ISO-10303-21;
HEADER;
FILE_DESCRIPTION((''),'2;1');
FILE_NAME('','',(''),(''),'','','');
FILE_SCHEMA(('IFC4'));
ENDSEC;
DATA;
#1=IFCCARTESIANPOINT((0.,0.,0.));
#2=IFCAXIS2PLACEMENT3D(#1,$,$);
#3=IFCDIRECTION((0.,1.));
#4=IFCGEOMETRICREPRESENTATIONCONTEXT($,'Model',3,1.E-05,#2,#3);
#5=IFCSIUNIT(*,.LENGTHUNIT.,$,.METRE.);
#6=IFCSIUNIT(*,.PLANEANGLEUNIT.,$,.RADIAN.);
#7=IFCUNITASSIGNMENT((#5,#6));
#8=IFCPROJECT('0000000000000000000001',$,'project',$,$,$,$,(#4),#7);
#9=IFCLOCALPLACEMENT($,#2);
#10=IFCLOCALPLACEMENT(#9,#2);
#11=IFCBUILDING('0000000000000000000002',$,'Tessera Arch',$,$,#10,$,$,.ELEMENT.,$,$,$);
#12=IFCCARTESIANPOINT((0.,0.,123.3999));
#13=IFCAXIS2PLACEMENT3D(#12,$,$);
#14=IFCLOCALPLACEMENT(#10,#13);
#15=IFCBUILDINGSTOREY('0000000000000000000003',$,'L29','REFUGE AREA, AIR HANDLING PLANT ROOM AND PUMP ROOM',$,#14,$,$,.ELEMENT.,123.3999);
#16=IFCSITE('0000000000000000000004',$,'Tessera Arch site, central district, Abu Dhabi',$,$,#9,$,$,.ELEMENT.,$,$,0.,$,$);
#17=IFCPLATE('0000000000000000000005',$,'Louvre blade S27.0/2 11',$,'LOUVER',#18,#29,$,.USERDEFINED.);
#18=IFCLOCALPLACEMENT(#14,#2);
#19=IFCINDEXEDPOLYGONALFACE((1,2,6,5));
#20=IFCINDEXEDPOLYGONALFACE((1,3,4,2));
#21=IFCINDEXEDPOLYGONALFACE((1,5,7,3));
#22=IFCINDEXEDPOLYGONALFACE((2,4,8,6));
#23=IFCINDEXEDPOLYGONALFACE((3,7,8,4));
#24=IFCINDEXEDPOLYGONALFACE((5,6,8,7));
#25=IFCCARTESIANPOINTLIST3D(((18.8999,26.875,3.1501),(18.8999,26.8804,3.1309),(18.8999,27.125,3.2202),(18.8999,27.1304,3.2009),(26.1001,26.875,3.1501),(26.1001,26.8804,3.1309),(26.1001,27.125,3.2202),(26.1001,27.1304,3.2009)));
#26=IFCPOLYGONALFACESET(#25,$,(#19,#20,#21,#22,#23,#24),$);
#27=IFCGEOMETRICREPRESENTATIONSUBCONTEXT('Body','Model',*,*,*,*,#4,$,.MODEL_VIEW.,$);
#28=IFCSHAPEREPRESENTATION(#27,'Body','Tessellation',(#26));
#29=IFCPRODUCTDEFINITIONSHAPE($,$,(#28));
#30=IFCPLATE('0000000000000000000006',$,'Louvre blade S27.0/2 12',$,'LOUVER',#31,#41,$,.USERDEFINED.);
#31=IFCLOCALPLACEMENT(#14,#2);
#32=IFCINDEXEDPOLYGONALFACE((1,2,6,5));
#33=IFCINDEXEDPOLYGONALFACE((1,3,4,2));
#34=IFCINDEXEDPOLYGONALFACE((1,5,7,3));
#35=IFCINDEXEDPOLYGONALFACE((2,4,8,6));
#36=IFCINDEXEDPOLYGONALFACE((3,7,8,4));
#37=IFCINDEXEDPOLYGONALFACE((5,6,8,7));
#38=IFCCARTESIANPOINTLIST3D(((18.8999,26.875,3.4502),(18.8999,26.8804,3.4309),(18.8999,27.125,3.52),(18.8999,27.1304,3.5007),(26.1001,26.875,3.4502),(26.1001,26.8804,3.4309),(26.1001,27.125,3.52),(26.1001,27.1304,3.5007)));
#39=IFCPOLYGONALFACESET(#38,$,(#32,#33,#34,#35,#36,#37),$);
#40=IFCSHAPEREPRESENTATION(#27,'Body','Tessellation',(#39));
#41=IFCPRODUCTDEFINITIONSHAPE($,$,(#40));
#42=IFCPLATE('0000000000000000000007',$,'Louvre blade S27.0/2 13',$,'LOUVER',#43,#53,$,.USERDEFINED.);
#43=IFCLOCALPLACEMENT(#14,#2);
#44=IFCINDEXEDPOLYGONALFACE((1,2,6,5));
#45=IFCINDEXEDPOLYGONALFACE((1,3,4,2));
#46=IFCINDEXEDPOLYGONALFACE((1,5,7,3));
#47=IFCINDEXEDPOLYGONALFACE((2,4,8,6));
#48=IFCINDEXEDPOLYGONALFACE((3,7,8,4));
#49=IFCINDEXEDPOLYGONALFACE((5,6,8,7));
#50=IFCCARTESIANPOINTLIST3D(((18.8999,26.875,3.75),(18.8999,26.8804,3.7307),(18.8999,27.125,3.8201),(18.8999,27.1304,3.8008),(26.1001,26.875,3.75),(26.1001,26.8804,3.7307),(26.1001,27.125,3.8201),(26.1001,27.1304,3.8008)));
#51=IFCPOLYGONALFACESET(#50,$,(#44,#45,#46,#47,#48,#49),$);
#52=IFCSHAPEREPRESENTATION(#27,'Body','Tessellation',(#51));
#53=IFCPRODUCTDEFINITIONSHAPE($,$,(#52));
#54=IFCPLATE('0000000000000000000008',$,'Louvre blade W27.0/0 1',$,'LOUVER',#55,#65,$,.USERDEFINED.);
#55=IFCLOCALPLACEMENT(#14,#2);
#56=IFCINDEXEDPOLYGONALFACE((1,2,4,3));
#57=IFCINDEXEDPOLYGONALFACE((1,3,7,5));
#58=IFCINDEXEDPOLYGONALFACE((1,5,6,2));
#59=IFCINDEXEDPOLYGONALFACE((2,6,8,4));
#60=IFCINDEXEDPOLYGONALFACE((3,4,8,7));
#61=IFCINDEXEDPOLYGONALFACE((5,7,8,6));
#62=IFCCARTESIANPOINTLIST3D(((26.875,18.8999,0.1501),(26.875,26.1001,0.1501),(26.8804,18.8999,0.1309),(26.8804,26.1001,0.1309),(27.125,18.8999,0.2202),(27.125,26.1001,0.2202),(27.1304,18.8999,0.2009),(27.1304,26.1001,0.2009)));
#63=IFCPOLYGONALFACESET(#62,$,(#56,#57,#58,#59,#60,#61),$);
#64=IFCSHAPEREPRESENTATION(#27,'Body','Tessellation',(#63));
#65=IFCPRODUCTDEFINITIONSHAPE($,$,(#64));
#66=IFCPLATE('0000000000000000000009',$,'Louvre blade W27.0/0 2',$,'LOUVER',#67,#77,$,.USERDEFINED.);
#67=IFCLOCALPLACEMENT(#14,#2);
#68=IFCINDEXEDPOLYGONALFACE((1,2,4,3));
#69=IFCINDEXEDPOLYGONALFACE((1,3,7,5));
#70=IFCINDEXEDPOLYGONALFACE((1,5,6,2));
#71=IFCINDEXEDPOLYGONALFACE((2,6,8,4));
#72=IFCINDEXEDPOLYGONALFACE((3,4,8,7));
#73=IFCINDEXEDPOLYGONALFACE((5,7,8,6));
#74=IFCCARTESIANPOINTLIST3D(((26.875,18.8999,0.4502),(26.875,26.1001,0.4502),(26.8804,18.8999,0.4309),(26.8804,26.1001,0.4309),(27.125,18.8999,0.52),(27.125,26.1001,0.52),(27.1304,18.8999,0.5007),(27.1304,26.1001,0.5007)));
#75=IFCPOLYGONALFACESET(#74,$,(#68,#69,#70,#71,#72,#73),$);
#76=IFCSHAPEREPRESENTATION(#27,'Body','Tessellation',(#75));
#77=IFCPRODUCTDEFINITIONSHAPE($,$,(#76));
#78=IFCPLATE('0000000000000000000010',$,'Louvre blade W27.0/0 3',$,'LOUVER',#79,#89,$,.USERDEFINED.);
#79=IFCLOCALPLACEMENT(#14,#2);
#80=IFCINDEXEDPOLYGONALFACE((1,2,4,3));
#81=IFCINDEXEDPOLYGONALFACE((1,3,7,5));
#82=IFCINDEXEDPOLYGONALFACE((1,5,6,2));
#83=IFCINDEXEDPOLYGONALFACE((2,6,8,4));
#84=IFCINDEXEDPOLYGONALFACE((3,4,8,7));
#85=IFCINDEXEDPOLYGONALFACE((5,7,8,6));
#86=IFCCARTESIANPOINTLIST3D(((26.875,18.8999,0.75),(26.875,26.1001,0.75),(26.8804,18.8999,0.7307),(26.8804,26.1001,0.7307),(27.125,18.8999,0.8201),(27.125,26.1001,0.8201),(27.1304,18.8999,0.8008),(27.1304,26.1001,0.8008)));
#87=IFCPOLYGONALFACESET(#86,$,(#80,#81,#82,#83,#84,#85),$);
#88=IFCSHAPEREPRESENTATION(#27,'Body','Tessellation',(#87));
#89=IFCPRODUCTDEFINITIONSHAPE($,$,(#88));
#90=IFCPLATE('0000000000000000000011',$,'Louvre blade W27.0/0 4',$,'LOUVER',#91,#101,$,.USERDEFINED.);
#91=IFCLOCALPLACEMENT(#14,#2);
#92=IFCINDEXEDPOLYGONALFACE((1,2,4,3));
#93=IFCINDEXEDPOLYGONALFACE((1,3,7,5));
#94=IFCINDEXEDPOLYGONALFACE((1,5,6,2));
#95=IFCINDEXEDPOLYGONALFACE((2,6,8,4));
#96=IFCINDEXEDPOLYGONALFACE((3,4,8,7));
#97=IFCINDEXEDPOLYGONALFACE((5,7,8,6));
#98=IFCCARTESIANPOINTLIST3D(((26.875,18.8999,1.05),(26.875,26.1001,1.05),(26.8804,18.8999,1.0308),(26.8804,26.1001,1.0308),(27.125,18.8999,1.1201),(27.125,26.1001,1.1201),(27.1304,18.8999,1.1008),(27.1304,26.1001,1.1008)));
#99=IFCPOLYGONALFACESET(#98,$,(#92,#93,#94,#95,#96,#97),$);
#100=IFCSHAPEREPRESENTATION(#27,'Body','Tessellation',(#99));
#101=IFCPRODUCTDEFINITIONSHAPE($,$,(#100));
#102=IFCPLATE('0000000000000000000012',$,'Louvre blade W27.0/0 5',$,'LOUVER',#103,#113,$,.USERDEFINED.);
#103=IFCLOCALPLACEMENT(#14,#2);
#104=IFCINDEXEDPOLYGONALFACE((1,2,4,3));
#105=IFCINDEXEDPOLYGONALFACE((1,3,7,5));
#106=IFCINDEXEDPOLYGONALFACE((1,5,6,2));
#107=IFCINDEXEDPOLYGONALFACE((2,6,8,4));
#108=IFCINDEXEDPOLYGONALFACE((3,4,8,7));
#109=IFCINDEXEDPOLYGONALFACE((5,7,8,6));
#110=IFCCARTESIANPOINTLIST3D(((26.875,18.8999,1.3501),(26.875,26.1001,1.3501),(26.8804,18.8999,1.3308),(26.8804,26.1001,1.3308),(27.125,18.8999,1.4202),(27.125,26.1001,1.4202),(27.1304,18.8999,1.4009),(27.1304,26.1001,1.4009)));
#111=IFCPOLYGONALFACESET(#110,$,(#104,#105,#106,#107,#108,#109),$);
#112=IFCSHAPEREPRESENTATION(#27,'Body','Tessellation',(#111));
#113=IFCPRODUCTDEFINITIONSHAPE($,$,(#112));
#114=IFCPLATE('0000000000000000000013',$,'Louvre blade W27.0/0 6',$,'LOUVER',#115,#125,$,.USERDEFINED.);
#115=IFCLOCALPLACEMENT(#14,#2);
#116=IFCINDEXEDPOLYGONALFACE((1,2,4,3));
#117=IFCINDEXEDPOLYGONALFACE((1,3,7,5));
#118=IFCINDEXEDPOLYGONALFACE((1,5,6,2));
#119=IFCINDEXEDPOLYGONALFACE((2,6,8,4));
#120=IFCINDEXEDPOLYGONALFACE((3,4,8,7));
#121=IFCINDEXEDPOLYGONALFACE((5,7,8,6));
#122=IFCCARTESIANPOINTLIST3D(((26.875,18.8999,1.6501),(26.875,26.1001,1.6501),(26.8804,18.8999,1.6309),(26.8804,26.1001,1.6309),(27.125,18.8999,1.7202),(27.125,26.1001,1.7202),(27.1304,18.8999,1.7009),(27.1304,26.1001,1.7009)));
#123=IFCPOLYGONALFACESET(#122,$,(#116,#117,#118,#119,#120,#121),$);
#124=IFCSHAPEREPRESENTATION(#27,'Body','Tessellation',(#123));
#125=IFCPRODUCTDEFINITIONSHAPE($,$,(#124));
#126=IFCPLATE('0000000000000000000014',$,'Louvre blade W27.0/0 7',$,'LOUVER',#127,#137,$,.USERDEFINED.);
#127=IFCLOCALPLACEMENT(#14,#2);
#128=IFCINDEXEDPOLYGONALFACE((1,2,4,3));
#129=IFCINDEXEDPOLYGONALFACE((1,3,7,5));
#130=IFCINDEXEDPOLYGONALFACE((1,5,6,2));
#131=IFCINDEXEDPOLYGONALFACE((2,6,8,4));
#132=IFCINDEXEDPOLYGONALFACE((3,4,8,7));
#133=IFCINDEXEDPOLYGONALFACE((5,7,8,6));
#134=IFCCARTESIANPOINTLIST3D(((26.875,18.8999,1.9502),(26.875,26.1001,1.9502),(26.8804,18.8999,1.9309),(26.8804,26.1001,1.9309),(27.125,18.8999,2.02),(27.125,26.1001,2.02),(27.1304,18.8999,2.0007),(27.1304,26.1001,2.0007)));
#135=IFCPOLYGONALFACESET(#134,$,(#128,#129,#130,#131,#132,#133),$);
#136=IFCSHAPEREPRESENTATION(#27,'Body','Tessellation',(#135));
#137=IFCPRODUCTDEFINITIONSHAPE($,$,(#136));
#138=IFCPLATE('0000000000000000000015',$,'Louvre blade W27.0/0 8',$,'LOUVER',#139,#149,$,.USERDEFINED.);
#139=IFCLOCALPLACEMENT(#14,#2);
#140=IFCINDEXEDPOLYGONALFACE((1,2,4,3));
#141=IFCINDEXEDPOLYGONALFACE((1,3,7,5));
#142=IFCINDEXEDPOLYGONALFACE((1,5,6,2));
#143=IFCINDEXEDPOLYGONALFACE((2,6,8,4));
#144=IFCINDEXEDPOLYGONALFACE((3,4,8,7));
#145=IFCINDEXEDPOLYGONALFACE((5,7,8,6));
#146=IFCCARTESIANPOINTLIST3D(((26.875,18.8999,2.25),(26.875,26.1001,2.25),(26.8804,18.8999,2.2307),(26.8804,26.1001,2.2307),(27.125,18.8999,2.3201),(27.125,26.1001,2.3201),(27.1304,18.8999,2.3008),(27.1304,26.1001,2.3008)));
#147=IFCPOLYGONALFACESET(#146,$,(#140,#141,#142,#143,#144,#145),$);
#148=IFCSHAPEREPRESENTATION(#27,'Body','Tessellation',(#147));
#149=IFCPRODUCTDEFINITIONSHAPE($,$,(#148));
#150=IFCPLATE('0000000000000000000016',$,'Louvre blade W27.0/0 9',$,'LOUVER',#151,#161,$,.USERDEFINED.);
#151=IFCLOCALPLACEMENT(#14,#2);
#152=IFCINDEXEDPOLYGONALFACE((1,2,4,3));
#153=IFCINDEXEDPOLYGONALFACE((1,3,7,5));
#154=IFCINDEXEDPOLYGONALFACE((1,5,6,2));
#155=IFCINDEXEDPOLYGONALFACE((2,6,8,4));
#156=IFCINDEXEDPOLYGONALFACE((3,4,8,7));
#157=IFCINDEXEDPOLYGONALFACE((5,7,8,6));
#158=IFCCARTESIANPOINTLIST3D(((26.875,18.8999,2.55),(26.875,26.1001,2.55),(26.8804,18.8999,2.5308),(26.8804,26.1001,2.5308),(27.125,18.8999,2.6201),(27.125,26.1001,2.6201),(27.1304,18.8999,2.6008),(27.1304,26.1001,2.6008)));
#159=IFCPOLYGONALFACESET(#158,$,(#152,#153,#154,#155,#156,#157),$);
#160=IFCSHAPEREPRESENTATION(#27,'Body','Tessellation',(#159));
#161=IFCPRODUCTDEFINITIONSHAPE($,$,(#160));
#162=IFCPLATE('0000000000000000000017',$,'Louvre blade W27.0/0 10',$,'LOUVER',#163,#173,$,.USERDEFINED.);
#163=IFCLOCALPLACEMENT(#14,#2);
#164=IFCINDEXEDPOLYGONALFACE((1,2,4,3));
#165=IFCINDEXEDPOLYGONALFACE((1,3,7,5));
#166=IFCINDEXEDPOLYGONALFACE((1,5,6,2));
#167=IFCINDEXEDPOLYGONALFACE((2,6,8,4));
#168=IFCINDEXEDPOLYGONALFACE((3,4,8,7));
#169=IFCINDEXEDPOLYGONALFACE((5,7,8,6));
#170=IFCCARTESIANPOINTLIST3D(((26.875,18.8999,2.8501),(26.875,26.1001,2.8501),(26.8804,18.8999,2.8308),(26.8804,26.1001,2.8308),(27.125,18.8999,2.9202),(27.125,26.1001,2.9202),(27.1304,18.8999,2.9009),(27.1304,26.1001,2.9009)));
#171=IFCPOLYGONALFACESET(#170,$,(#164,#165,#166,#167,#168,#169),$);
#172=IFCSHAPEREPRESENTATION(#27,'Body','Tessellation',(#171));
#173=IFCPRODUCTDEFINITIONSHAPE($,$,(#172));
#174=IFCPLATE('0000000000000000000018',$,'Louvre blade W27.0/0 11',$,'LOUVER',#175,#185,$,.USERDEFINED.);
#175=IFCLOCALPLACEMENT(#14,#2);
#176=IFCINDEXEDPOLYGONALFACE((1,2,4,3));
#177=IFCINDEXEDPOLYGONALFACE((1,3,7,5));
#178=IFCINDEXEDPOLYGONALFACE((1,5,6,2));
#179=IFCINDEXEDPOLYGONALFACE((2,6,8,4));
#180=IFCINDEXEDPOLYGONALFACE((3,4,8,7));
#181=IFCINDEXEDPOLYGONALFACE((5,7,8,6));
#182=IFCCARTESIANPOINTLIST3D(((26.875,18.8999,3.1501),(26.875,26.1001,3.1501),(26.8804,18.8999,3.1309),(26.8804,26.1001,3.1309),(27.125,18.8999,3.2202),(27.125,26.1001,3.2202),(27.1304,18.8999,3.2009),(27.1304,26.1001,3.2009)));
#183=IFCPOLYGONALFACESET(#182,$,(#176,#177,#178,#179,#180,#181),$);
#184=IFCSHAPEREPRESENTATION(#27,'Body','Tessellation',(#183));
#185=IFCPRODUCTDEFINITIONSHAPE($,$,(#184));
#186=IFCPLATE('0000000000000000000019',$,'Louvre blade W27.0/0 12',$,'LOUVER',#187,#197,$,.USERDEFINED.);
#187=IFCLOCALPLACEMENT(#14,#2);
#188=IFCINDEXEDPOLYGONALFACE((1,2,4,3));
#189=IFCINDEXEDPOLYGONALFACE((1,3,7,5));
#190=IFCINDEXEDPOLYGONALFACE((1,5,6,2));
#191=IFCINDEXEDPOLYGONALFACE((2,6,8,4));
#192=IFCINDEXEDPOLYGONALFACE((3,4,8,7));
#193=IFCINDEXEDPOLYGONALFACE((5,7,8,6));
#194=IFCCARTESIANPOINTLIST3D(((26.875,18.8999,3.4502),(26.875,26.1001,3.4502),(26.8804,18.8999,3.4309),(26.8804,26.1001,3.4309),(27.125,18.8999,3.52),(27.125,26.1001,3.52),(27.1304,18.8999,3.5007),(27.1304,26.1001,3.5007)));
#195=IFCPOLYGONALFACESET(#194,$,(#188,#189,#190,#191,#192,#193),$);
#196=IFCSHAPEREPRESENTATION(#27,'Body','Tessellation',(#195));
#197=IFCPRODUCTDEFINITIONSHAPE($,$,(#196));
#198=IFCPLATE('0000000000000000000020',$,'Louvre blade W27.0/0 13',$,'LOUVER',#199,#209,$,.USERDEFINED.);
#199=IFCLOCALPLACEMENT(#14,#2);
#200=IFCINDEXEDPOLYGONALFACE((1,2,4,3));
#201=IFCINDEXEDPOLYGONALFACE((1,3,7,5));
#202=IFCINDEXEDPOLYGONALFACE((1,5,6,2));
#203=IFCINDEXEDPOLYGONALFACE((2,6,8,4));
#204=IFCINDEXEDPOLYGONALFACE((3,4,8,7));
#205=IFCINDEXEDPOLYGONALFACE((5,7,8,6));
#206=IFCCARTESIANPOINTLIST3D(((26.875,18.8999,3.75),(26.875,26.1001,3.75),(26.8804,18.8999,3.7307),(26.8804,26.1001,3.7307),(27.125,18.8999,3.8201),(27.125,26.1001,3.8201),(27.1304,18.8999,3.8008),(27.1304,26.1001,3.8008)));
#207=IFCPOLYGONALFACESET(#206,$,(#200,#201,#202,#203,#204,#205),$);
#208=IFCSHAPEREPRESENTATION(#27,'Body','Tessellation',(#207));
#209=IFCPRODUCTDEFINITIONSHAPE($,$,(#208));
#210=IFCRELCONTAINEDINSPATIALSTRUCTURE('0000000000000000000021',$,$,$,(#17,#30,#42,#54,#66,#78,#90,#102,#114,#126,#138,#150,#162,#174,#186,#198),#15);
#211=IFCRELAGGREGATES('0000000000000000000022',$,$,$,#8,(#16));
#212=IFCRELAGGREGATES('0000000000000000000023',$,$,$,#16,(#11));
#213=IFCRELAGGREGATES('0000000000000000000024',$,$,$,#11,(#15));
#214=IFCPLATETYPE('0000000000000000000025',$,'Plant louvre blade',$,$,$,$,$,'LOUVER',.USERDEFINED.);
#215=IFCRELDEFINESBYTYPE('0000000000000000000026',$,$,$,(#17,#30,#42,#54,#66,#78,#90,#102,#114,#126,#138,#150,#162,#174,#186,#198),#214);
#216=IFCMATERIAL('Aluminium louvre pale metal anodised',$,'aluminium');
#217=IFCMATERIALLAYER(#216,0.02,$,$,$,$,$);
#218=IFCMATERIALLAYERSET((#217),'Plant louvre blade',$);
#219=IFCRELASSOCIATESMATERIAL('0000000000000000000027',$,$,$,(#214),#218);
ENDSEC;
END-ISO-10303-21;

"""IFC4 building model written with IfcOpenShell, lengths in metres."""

from ifc_helpers import new_model, si_unit, direction, frame, origin, place, context, subcontext, project, spatial, polyline, outline, extrude, material, layer, layer_set, type_object, element, save


model = new_model("IFC4")

# Units and contexts
model_context = context("Model", 3, precision=1e-05, world=origin(), true_north=direction((0.0, 1.0)))
body_context = subcontext(model_context, "Body", "Model", "MODEL_VIEW")
ifc_project = project(units=[si_unit("LENGTHUNIT", "METRE"), si_unit("PLANEANGLEUNIT", "RADIAN")], contexts=[model_context])

# Site, building, storey
site_placement = place(None, origin())
site = spatial("IfcSite", under=ifc_project, at=site_placement, Name="Tessera Arch site, central district, Abu Dhabi", CompositionType="ELEMENT", RefElevation=0.0)
building_placement = place(site_placement, origin())
building = spatial("IfcBuilding", under=site, at=building_placement, Name="Tessera Arch", CompositionType="ELEMENT")
storey_placement = place(building_placement, frame((0.0, 0.0, 123.3999)))
storey = spatial("IfcBuildingStorey", under=building, at=storey_placement, Name="L29", Description="REFUGE AREA, AIR HANDLING PLANT ROOM AND PUMP ROOM", CompositionType="ELEMENT", Elevation=123.3999)

# Plates
ifc_material_1 = material(Name="Aluminium louvre pale metal anodised", Category="aluminium")
ifc_layer_1 = layer(ifc_material_1, 0.02)
ifc_layer_set_1 = layer_set([ifc_layer_1], Name="Plant louvre blade")
plate_type_1 = type_object("IfcPlateType", Name="Plant louvre blade", ElementType="LOUVER", PredefinedType="USERDEFINED", material=ifc_layer_set_1)
for number, where, z_axis, x_axis, name in (
    (1, (18.8999, 26.875, 3.1501), (0.0, -0.269874, 0.962896), (1.0, 0.0, 0.0), "Louvre blade S27.0/2 11"),
):
    element("IfcPlate", number, at=place(storey_placement, frame(where, z_axis=z_axis, x_axis=x_axis)), inside=storey, type_object=plate_type_1, Name=name, ObjectType="LOUVER", PredefinedType="USERDEFINED", context=body_context, shape_type="SweptSolid", body=[
        extrude(outline(polyline([(0.0, 0.0), (7.2002, 0.0), (7.2002, 0.2596), (0.0, 0.2596), (0.0, 0.0)])), origin(), (0.0, 0.0, -1.0), 0.02),
    ])
plate_1_placement = place(storey_placement, frame((18.8999, 26.875, 3.4502), z_axis=(0.0, -0.269002, 0.96314), x_axis=(1.0, 0.0, 0.0)))
element("IfcPlate", 2, at=plate_1_placement, inside=storey, type_object=plate_type_1, Name="Louvre blade S27.0/2 12", ObjectType="LOUVER", PredefinedType="USERDEFINED", context=body_context, shape_type="SweptSolid", body=[
    extrude(outline(polyline([(0.0, 0.0), (7.2002, 0.0), (7.2002, 0.2596), (0.0, 0.2596), (0.0, 0.0)])), origin(), (0.0, 0.0, -1.0), 0.02),
])
for number, where, z_axis, x_axis, name in (
    (3, (18.8999, 26.875, 3.75), (0.0, -0.269874, 0.962896), (1.0, 0.0, 0.0), "Louvre blade S27.0/2 13"),
    (4, (26.875, 26.1001, 0.1501), (-0.269874, 0.0, 0.962896), (0.0, -1.0, 0.0), "Louvre blade W27.0/0 1"),
):
    element("IfcPlate", number, at=place(storey_placement, frame(where, z_axis=z_axis, x_axis=x_axis)), inside=storey, type_object=plate_type_1, Name=name, ObjectType="LOUVER", PredefinedType="USERDEFINED", context=body_context, shape_type="SweptSolid", body=[
        extrude(outline(polyline([(0.0, 0.0), (7.2002, 0.0), (7.2002, 0.2596), (0.0, 0.2596), (0.0, 0.0)])), origin(), (0.0, 0.0, -1.0), 0.02),
    ])
plate_2_placement = place(storey_placement, frame((26.875, 26.1001, 0.4502), z_axis=(-0.269002, 0.0, 0.96314), x_axis=(0.0, -1.0, 0.0)))
element("IfcPlate", 5, at=plate_2_placement, inside=storey, type_object=plate_type_1, Name="Louvre blade W27.0/0 2", ObjectType="LOUVER", PredefinedType="USERDEFINED", context=body_context, shape_type="SweptSolid", body=[
    extrude(outline(polyline([(0.0, 0.0), (7.2002, 0.0), (7.2002, 0.2596), (0.0, 0.2596), (0.0, 0.0)])), origin(), (0.0, 0.0, -1.0), 0.02),
])
for number, where, z_axis, x_axis, name in (
    (6, (26.875, 26.1001, 0.75), (-0.269874, 0.0, 0.962896), (0.0, -1.0, 0.0), "Louvre blade W27.0/0 3"),
    (7, (26.875, 26.1001, 1.05), (-0.269874, 0.0, 0.962896), (0.0, -1.0, 0.0), "Louvre blade W27.0/0 4"),
    (8, (26.875, 26.1001, 1.3501), (-0.269874, 0.0, 0.962896), (0.0, -1.0, 0.0), "Louvre blade W27.0/0 5"),
    (9, (26.875, 26.1001, 1.6501), (-0.269874, 0.0, 0.962896), (0.0, -1.0, 0.0), "Louvre blade W27.0/0 6"),
):
    element("IfcPlate", number, at=place(storey_placement, frame(where, z_axis=z_axis, x_axis=x_axis)), inside=storey, type_object=plate_type_1, Name=name, ObjectType="LOUVER", PredefinedType="USERDEFINED", context=body_context, shape_type="SweptSolid", body=[
        extrude(outline(polyline([(0.0, 0.0), (7.2002, 0.0), (7.2002, 0.2596), (0.0, 0.2596), (0.0, 0.0)])), origin(), (0.0, 0.0, -1.0), 0.02),
    ])
plate_3_placement = place(storey_placement, frame((26.875, 26.1001, 1.9502), z_axis=(-0.269002, 0.0, 0.96314), x_axis=(0.0, -1.0, 0.0)))
element("IfcPlate", 10, at=plate_3_placement, inside=storey, type_object=plate_type_1, Name="Louvre blade W27.0/0 7", ObjectType="LOUVER", PredefinedType="USERDEFINED", context=body_context, shape_type="SweptSolid", body=[
    extrude(outline(polyline([(0.0, 0.0), (7.2002, 0.0), (7.2002, 0.2596), (0.0, 0.2596), (0.0, 0.0)])), origin(), (0.0, 0.0, -1.0), 0.02),
])
for number, where, z_axis, x_axis, name in (
    (11, (26.875, 26.1001, 2.25), (-0.269874, 0.0, 0.962896), (0.0, -1.0, 0.0), "Louvre blade W27.0/0 8"),
    (12, (26.875, 26.1001, 2.55), (-0.269874, 0.0, 0.962896), (0.0, -1.0, 0.0), "Louvre blade W27.0/0 9"),
    (13, (26.875, 26.1001, 2.8501), (-0.269874, 0.0, 0.962896), (0.0, -1.0, 0.0), "Louvre blade W27.0/0 10"),
    (14, (26.875, 26.1001, 3.1501), (-0.269874, 0.0, 0.962896), (0.0, -1.0, 0.0), "Louvre blade W27.0/0 11"),
):
    element("IfcPlate", number, at=place(storey_placement, frame(where, z_axis=z_axis, x_axis=x_axis)), inside=storey, type_object=plate_type_1, Name=name, ObjectType="LOUVER", PredefinedType="USERDEFINED", context=body_context, shape_type="SweptSolid", body=[
        extrude(outline(polyline([(0.0, 0.0), (7.2002, 0.0), (7.2002, 0.2596), (0.0, 0.2596), (0.0, 0.0)])), origin(), (0.0, 0.0, -1.0), 0.02),
    ])
plate_4_placement = place(storey_placement, frame((26.875, 26.1001, 3.4502), z_axis=(-0.269002, 0.0, 0.96314), x_axis=(0.0, -1.0, 0.0)))
element("IfcPlate", 15, at=plate_4_placement, inside=storey, type_object=plate_type_1, Name="Louvre blade W27.0/0 12", ObjectType="LOUVER", PredefinedType="USERDEFINED", context=body_context, shape_type="SweptSolid", body=[
    extrude(outline(polyline([(0.0, 0.0), (7.2002, 0.0), (7.2002, 0.2596), (0.0, 0.2596), (0.0, 0.0)])), origin(), (0.0, 0.0, -1.0), 0.02),
])
for number, where, z_axis, x_axis, name in (
    (16, (26.875, 26.1001, 3.75), (-0.269874, 0.0, 0.962896), (0.0, -1.0, 0.0), "Louvre blade W27.0/0 13"),
):
    element("IfcPlate", number, at=place(storey_placement, frame(where, z_axis=z_axis, x_axis=x_axis)), inside=storey, type_object=plate_type_1, Name=name, ObjectType="LOUVER", PredefinedType="USERDEFINED", context=body_context, shape_type="SweptSolid", body=[
        extrude(outline(polyline([(0.0, 0.0), (7.2002, 0.0), (7.2002, 0.2596), (0.0, 0.2596), (0.0, 0.0)])), origin(), (0.0, 0.0, -1.0), 0.02),
    ])

save(model, "model.ifc")
